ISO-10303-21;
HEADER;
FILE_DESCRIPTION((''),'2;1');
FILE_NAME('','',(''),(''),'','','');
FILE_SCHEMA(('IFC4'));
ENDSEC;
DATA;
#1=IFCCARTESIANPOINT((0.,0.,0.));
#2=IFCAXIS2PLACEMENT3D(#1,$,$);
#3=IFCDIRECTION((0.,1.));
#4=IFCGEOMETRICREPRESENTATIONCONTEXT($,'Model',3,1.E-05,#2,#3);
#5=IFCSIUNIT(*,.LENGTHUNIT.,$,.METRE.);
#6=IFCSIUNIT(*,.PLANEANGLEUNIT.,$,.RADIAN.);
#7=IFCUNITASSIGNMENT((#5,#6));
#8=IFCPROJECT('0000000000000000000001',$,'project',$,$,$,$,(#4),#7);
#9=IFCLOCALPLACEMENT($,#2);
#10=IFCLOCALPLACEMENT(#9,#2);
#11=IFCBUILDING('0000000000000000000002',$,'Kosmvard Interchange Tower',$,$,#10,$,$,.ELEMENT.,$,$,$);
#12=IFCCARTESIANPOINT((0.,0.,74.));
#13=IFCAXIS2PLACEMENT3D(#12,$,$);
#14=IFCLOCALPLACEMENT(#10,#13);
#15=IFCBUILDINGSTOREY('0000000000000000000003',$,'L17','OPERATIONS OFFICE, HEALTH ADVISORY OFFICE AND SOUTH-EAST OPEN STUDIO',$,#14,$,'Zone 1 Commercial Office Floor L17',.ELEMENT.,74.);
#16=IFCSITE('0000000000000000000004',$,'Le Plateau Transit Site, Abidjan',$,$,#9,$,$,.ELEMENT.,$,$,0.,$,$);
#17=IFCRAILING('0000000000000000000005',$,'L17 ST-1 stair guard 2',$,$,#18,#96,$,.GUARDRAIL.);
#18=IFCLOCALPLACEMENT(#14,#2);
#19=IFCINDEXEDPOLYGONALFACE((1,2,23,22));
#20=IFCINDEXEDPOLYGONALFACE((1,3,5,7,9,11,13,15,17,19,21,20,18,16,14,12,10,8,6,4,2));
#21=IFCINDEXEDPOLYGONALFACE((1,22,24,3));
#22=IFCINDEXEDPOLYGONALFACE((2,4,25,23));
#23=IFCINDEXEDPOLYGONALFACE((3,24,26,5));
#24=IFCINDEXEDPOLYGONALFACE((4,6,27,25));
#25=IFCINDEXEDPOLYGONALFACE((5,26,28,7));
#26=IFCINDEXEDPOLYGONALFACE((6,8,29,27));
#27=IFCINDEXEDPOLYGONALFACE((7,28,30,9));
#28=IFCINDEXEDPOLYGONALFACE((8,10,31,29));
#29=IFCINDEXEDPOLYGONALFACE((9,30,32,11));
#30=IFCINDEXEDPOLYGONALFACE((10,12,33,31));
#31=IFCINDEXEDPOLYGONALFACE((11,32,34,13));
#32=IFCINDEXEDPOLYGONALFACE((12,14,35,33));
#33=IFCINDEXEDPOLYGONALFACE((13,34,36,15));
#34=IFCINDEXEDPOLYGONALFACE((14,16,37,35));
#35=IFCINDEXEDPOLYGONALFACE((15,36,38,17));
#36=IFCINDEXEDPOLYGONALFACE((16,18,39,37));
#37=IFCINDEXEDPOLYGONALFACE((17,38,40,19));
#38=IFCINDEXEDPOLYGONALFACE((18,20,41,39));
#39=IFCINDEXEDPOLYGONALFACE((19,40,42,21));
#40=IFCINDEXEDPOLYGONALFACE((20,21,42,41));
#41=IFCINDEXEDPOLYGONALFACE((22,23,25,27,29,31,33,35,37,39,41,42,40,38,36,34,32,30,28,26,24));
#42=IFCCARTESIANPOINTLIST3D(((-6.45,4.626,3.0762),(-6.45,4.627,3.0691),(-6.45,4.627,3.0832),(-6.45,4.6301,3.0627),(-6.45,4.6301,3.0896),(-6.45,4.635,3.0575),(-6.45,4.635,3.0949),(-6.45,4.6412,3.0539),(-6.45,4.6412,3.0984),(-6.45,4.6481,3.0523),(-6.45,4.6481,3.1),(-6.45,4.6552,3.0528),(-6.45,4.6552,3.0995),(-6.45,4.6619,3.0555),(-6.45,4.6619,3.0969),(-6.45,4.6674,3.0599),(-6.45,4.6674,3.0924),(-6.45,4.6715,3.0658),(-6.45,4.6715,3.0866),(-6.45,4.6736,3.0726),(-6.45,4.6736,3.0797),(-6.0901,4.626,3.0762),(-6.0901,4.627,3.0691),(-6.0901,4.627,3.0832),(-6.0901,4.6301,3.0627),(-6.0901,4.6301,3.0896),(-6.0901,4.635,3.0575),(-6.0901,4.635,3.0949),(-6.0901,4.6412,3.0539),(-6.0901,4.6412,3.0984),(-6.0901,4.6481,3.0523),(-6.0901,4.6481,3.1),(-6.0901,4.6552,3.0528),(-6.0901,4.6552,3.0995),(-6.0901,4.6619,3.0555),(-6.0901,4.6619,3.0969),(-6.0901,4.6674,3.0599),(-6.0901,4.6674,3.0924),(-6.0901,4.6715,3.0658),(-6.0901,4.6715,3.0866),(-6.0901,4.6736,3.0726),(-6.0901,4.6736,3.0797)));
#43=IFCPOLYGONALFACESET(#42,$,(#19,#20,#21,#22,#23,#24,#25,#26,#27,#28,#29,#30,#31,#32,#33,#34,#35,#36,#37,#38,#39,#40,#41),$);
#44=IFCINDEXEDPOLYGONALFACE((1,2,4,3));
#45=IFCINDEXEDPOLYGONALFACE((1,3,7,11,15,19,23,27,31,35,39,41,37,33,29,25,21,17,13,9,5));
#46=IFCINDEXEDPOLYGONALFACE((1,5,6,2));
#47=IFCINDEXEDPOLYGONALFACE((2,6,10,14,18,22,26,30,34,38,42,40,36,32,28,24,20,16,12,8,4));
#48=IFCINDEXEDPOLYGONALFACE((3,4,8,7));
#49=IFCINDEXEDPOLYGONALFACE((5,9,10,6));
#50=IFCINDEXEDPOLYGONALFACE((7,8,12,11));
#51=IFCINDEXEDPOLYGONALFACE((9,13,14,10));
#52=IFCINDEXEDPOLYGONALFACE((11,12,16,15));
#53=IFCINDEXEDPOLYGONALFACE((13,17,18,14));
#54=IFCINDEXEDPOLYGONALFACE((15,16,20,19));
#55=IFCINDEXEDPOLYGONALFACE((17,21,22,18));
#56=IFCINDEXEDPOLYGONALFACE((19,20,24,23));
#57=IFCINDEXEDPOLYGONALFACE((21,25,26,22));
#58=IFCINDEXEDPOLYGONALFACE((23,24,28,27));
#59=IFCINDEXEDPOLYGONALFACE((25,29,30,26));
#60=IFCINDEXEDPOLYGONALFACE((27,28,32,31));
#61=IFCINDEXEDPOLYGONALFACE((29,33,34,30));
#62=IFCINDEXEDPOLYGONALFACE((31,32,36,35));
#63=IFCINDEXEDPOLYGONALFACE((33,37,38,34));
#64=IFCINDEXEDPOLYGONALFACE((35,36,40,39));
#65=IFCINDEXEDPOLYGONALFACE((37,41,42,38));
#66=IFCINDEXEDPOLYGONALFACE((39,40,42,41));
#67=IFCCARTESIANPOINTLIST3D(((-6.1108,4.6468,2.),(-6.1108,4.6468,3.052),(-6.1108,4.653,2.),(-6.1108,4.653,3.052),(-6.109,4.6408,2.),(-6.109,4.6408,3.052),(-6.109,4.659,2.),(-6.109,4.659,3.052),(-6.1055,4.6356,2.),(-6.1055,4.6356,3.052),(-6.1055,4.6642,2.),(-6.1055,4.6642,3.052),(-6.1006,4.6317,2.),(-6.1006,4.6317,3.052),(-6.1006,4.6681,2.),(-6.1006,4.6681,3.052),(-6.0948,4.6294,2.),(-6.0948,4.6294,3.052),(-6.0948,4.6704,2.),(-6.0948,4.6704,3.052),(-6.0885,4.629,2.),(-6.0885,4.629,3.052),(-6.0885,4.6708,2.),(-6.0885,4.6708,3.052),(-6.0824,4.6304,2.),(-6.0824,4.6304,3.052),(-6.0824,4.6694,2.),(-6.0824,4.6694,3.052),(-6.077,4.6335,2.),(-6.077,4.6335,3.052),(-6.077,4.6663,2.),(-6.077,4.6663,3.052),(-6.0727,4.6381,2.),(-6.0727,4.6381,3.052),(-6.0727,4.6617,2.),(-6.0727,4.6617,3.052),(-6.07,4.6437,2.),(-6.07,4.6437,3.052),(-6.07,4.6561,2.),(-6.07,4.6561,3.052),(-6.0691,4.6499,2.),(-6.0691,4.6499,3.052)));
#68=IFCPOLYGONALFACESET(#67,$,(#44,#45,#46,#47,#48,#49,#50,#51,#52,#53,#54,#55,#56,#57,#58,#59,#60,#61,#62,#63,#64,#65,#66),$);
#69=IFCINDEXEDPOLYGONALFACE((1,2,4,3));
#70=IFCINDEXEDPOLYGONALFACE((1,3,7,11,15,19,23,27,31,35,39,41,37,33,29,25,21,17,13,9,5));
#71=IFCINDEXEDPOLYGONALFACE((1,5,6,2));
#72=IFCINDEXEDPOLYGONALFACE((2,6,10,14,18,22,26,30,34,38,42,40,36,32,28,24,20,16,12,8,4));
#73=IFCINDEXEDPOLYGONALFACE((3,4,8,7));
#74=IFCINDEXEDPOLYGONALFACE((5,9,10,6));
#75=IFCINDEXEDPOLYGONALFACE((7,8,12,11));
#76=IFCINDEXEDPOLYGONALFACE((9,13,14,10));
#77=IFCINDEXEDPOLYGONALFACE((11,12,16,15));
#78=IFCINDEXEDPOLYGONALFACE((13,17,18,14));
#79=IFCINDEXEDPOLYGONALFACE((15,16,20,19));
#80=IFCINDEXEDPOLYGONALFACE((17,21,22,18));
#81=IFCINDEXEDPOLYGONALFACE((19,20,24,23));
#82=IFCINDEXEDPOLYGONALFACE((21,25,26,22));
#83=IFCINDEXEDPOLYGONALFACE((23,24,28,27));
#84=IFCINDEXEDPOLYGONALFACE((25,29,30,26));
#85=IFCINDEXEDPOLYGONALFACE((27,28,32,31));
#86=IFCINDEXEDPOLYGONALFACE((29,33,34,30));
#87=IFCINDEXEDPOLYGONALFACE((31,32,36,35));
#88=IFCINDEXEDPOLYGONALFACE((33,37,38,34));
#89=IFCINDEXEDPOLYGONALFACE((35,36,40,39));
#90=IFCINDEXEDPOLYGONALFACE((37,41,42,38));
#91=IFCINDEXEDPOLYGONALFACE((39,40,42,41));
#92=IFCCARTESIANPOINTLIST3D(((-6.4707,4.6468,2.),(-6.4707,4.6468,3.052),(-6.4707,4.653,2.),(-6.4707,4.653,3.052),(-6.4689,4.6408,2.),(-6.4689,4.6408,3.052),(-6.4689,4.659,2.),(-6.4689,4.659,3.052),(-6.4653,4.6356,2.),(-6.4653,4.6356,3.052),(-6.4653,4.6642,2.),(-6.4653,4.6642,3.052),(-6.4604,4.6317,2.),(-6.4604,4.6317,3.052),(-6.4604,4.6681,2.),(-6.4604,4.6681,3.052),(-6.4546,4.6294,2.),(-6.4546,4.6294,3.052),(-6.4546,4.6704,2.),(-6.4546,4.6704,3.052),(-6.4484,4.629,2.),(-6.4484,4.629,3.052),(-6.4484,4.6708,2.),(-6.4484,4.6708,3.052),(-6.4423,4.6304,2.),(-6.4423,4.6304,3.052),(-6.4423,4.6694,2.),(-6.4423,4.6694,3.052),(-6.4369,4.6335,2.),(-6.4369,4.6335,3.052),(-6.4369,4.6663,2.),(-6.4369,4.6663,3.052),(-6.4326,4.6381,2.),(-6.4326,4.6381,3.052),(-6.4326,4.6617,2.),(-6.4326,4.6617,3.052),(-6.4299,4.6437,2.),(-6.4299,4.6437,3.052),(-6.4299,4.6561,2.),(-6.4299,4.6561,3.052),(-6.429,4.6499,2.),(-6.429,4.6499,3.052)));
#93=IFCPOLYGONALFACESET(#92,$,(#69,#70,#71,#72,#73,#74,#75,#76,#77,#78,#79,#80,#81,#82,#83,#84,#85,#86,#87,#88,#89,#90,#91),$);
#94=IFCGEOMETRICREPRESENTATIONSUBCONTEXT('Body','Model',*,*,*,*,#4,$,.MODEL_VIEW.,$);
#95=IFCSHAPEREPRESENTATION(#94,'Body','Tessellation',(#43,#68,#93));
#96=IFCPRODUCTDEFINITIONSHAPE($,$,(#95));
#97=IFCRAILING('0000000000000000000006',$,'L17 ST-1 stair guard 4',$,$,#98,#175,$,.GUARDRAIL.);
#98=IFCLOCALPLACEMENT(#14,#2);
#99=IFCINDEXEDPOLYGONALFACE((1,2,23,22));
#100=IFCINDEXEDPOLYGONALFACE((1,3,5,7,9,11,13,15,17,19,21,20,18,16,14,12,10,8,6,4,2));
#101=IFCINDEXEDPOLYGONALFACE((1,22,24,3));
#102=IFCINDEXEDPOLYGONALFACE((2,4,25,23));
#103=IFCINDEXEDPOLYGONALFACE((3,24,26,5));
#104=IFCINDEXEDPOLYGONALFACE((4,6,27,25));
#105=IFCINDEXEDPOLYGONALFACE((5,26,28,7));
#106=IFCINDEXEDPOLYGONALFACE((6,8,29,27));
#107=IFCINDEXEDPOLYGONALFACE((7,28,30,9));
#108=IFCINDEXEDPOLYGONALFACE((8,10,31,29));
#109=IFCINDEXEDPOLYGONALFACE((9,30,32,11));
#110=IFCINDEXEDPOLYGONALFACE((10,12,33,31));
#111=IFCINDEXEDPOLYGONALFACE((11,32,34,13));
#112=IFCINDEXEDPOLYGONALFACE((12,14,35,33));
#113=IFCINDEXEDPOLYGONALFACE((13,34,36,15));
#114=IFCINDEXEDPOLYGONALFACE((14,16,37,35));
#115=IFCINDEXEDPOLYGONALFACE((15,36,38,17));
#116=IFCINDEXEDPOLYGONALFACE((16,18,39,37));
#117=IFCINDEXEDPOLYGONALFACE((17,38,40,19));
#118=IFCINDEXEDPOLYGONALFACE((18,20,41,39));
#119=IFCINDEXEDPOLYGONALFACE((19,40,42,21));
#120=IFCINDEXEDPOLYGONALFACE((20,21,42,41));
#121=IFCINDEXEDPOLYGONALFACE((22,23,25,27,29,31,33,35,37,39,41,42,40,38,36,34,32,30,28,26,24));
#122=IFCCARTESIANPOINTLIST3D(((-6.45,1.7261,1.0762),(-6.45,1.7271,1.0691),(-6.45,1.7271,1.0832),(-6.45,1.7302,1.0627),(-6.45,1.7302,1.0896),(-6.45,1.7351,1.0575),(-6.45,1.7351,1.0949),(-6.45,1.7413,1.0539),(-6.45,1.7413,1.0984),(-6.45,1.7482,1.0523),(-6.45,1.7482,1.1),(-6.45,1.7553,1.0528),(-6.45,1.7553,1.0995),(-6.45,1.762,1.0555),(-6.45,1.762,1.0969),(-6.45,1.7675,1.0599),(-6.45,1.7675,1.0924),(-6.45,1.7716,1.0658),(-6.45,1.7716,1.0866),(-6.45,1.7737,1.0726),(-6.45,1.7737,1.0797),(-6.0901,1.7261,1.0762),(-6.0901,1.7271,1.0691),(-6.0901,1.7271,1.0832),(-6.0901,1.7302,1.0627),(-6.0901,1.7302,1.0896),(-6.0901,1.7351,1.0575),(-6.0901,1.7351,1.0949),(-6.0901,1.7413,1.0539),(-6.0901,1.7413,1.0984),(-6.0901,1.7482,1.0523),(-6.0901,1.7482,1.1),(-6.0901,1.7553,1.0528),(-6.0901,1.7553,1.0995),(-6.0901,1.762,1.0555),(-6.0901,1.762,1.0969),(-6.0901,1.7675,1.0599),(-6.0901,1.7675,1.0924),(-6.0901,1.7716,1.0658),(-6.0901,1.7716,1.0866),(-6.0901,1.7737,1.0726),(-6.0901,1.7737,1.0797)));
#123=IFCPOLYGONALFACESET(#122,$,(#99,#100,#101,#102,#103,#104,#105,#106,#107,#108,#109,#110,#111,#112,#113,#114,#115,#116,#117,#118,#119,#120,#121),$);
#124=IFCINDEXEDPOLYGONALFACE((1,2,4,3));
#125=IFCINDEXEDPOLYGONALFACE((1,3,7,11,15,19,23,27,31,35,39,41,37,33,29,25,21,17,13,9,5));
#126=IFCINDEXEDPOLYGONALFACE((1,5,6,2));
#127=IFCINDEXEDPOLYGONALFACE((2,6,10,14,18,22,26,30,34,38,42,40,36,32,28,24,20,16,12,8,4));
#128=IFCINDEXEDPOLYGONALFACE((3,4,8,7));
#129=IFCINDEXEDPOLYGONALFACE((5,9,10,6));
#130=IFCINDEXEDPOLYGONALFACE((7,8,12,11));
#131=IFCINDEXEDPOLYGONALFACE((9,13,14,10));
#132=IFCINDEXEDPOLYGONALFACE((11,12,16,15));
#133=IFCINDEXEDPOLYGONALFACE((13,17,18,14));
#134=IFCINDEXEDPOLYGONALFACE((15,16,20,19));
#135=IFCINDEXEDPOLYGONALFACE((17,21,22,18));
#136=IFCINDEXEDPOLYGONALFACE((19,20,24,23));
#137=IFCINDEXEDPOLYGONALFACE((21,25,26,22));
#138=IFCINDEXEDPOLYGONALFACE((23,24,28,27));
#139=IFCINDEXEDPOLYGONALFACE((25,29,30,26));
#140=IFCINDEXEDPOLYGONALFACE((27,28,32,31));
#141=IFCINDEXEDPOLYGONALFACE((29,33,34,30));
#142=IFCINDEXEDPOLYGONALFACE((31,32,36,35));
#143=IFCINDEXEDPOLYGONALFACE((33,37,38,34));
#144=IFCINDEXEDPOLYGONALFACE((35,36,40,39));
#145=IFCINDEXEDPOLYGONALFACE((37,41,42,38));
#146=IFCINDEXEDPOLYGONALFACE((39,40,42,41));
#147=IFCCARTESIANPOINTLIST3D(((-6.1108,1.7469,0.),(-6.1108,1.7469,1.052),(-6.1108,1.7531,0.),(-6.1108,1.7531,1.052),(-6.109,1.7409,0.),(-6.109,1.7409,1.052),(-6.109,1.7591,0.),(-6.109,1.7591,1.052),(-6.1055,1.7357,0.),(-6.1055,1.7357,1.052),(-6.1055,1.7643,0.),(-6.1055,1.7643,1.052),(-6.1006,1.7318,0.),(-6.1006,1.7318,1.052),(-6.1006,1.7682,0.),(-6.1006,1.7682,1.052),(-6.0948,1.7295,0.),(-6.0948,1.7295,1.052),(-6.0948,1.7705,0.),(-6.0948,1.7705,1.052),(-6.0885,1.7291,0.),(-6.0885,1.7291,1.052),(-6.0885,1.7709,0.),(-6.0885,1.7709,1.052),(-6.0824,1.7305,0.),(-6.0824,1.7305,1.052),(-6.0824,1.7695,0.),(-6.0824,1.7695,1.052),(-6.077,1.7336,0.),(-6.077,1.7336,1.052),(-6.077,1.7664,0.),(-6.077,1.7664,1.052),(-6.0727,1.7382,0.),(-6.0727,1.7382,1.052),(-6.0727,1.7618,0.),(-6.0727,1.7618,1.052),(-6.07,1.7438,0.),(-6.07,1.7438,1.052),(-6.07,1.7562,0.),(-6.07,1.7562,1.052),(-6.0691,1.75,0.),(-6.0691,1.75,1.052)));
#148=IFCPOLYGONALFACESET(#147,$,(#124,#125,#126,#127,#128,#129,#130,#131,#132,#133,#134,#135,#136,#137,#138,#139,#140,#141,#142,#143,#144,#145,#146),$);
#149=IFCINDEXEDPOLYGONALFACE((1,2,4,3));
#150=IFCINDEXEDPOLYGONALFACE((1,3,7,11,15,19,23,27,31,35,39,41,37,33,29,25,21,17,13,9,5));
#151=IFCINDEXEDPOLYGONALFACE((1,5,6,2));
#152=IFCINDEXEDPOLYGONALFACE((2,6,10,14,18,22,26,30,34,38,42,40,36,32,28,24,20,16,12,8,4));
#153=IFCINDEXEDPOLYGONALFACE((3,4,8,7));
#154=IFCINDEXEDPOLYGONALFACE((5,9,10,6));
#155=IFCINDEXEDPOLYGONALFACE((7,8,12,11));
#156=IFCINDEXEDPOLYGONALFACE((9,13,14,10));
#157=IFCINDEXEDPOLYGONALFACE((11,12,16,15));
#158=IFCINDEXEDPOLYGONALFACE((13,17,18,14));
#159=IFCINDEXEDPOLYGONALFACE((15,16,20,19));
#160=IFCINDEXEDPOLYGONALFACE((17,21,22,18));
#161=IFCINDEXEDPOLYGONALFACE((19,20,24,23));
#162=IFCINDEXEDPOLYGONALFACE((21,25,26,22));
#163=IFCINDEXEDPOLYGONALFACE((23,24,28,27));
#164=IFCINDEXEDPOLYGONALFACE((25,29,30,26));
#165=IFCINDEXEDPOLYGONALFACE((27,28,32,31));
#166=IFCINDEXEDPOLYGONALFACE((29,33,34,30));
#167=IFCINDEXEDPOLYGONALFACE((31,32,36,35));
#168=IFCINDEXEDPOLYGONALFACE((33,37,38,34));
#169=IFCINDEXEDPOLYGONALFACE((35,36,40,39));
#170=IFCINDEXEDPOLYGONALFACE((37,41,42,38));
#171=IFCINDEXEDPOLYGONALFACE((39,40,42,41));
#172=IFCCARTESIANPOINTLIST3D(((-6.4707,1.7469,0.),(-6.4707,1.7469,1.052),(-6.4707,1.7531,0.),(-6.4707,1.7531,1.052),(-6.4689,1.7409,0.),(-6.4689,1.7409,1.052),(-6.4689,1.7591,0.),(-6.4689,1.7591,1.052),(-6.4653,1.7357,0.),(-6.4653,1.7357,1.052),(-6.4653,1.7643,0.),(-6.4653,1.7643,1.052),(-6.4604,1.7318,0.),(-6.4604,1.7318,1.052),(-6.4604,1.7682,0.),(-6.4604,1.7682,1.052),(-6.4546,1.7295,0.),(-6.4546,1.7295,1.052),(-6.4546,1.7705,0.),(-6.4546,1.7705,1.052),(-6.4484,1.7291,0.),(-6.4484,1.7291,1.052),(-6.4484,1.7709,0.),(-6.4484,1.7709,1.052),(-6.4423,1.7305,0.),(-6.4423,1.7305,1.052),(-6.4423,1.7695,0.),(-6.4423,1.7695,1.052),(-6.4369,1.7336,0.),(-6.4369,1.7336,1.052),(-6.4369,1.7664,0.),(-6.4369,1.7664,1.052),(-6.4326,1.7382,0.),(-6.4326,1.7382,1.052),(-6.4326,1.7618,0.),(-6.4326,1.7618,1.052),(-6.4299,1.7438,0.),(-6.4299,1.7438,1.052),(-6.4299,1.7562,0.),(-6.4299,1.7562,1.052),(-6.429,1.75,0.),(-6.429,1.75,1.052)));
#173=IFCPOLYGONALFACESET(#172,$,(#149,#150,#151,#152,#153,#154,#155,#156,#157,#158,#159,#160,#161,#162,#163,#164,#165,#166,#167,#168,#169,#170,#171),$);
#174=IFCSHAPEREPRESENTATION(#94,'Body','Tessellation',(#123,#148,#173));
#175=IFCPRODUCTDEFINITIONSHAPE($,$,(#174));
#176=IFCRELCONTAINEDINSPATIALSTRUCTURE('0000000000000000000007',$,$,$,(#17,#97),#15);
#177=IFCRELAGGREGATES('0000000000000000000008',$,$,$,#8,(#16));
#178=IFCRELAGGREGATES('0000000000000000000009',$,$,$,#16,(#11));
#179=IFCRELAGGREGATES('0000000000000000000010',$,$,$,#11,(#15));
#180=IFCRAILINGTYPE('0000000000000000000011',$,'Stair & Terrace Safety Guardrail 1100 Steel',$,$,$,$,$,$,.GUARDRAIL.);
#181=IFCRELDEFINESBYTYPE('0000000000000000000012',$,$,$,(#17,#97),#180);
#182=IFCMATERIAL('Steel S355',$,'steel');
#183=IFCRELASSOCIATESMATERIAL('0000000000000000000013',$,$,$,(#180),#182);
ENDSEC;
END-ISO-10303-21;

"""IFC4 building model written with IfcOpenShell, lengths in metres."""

from ifc_helpers import new_model, si_unit, direction, frame, origin, origin_2d, place, context, subcontext, project, spatial, circle, extrude, source, transform, mapped, material, type_object, element, save


model = new_model("IFC4")

# Units and contexts
model_context = context("Model", 3, precision=1e-05, world=origin(), true_north=direction((0.0, 1.0)))
body_context = subcontext(model_context, "Body", "Model", "MODEL_VIEW")
ifc_project = project(units=[si_unit("LENGTHUNIT", "METRE"), si_unit("PLANEANGLEUNIT", "RADIAN")], contexts=[model_context])

# Site, building, storey
site_placement = place(None, origin())
site = spatial("IfcSite", under=ifc_project, at=site_placement, Name="Le Plateau Transit Site, Abidjan", CompositionType="ELEMENT", RefElevation=0.0)
building_placement = place(site_placement, origin())
building = spatial("IfcBuilding", under=site, at=building_placement, Name="Kosmvard Interchange Tower", CompositionType="ELEMENT")
storey_placement = place(building_placement, frame((0.0, 0.0, 74.0)))
storey = spatial("IfcBuildingStorey", under=building, at=storey_placement, Name="L17", Description="OPERATIONS OFFICE, HEALTH ADVISORY OFFICE AND SOUTH-EAST OPEN STUDIO", LongName="Zone 1 Commercial Office Floor L17", CompositionType="ELEMENT", Elevation=74.0)

# Shared definitions
ifc_material_1 = material(Name="Steel S355", Category="steel")

# Railings
railing_type_1 = type_object("IfcRailingType", Name="Stair & Terrace Safety Guardrail 1100 Steel", PredefinedType="GUARDRAIL", material=ifc_material_1)
shared_shape_1 = source(origin(), body_context, "Body", "SweptSolid", [
    extrude(circle(Radius=0.0239, at=origin_2d()), frame((0.0, 0.0, 1.0762), z_axis=(-1.0, 0.0, 0.0), x_axis=(0.0, -1.0, 0.0)), (0.0, 0.0, 1.0), 0.3599),
    extrude(circle(Radius=0.021, at=origin_2d()), origin(), (0.0, 0.0, 1.0), 1.052),
    extrude(circle(Radius=0.021, at=origin_2d()), frame((-0.3599, 0.0, 0.0)), (0.0, 0.0, 1.0), 1.052),
])
for number, where, name in (
    (1, (-6.0901, 4.6499, 2.0), "L17 ST-1 stair guard 2"),
    (2, (-6.0901, 1.75, 0.0), "L17 ST-1 stair guard 4"),
):
    element("IfcRailing", number, at=place(storey_placement, frame(where)), inside=storey, type_object=railing_type_1, Name=name, PredefinedType="GUARDRAIL", context=body_context, shape_type="MappedRepresentation", body=[
        mapped(shared_shape_1, transform((0.0, 0.0, 0.0), scale=1.0)),
    ])

save(model, "model.ifc")
